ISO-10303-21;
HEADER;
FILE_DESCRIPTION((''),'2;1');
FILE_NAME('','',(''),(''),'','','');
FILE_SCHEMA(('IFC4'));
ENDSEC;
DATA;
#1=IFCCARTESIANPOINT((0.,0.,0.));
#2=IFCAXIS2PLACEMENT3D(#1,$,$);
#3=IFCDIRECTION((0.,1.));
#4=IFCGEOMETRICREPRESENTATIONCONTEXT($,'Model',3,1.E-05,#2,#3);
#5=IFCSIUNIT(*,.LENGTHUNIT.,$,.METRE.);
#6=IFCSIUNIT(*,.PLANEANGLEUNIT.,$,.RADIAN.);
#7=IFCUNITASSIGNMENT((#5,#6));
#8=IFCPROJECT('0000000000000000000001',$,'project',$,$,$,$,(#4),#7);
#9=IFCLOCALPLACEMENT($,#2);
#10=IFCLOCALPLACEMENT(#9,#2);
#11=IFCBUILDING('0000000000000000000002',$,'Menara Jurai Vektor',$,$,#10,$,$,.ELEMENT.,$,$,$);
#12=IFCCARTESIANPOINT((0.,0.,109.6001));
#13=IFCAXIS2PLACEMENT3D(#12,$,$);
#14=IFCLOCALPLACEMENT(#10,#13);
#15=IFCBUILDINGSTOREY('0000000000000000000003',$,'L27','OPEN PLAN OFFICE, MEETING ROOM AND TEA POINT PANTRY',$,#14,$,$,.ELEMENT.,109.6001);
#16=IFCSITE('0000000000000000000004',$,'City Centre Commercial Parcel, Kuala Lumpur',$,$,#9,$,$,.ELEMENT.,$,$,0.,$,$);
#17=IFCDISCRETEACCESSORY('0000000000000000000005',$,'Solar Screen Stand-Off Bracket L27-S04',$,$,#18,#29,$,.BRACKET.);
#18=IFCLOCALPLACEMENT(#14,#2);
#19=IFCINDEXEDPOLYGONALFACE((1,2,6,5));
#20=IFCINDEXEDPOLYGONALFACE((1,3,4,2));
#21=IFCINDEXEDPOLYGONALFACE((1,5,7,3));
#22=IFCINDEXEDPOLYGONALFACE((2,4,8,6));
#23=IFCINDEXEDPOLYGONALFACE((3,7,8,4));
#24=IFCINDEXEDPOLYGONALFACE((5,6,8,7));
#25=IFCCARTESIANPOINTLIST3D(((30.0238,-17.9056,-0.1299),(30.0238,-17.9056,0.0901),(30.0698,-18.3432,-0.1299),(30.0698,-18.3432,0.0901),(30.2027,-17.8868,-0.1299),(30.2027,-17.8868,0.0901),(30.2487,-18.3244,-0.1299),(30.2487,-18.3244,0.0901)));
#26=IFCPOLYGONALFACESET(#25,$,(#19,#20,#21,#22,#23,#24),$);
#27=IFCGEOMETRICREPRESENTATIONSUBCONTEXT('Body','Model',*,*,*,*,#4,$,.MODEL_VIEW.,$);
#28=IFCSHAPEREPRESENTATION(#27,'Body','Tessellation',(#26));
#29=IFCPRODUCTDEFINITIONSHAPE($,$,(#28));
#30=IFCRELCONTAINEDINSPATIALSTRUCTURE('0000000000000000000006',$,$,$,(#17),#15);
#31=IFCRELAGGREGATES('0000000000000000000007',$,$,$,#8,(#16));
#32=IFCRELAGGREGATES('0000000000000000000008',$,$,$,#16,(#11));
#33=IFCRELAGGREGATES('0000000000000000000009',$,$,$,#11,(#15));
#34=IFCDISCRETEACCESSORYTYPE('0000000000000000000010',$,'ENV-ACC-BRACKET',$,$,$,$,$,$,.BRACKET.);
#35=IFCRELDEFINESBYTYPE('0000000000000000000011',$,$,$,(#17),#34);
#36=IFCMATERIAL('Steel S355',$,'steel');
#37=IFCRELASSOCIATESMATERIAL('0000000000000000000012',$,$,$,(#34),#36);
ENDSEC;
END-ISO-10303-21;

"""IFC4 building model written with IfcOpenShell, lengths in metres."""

from ifc_helpers import new_model, si_unit, direction, frame, origin, origin_2d, place, context, subcontext, project, spatial, rectangle, extrude, material, type_object, element, save


model = new_model("IFC4")

# Units and contexts
model_context = context("Model", 3, precision=1e-05, world=origin(), true_north=direction((0.0, 1.0)))
body_context = subcontext(model_context, "Body", "Model", "MODEL_VIEW")
ifc_project = project(units=[si_unit("LENGTHUNIT", "METRE"), si_unit("PLANEANGLEUNIT", "RADIAN")], contexts=[model_context])

# Site, building, storey
site_placement = place(None, origin())
site = spatial("IfcSite", under=ifc_project, at=site_placement, Name="City Centre Commercial Parcel, Kuala Lumpur", CompositionType="ELEMENT", RefElevation=0.0)
building_placement = place(site_placement, origin())
building = spatial("IfcBuilding", under=site, at=building_placement, Name="Menara Jurai Vektor", CompositionType="ELEMENT")
storey_placement = place(building_placement, frame((0.0, 0.0, 109.6001)))
storey = spatial("IfcBuildingStorey", under=building, at=storey_placement, Name="L27", Description="OPEN PLAN OFFICE, MEETING ROOM AND TEA POINT PANTRY", CompositionType="ELEMENT", Elevation=109.6001)

# Shared definitions
ifc_material_1 = material(Name="Steel S355", Category="steel")

# Discrete accessory
discrete_accessory_type = type_object("IfcDiscreteAccessoryType", Name="ENV-ACC-BRACKET", PredefinedType="BRACKET", material=ifc_material_1)
discrete_accessory_placement = place(storey_placement, frame((30.1362, -18.115, -0.1299), z_axis=(0.0, 0.0, 1.0), x_axis=(0.994522, 0.104528, 0.0)))
element("IfcDiscreteAccessory", 1, at=discrete_accessory_placement, inside=storey, type_object=discrete_accessory_type, Name="Solar Screen Stand-Off Bracket L27-S04", PredefinedType="BRACKET", context=body_context, shape_type="SweptSolid", body=[
    extrude(rectangle(XDim=0.1799, YDim=0.4399, at=origin_2d()), origin(), (0.0, 0.0, 1.0), 0.22),
])

save(model, "model.ifc")
